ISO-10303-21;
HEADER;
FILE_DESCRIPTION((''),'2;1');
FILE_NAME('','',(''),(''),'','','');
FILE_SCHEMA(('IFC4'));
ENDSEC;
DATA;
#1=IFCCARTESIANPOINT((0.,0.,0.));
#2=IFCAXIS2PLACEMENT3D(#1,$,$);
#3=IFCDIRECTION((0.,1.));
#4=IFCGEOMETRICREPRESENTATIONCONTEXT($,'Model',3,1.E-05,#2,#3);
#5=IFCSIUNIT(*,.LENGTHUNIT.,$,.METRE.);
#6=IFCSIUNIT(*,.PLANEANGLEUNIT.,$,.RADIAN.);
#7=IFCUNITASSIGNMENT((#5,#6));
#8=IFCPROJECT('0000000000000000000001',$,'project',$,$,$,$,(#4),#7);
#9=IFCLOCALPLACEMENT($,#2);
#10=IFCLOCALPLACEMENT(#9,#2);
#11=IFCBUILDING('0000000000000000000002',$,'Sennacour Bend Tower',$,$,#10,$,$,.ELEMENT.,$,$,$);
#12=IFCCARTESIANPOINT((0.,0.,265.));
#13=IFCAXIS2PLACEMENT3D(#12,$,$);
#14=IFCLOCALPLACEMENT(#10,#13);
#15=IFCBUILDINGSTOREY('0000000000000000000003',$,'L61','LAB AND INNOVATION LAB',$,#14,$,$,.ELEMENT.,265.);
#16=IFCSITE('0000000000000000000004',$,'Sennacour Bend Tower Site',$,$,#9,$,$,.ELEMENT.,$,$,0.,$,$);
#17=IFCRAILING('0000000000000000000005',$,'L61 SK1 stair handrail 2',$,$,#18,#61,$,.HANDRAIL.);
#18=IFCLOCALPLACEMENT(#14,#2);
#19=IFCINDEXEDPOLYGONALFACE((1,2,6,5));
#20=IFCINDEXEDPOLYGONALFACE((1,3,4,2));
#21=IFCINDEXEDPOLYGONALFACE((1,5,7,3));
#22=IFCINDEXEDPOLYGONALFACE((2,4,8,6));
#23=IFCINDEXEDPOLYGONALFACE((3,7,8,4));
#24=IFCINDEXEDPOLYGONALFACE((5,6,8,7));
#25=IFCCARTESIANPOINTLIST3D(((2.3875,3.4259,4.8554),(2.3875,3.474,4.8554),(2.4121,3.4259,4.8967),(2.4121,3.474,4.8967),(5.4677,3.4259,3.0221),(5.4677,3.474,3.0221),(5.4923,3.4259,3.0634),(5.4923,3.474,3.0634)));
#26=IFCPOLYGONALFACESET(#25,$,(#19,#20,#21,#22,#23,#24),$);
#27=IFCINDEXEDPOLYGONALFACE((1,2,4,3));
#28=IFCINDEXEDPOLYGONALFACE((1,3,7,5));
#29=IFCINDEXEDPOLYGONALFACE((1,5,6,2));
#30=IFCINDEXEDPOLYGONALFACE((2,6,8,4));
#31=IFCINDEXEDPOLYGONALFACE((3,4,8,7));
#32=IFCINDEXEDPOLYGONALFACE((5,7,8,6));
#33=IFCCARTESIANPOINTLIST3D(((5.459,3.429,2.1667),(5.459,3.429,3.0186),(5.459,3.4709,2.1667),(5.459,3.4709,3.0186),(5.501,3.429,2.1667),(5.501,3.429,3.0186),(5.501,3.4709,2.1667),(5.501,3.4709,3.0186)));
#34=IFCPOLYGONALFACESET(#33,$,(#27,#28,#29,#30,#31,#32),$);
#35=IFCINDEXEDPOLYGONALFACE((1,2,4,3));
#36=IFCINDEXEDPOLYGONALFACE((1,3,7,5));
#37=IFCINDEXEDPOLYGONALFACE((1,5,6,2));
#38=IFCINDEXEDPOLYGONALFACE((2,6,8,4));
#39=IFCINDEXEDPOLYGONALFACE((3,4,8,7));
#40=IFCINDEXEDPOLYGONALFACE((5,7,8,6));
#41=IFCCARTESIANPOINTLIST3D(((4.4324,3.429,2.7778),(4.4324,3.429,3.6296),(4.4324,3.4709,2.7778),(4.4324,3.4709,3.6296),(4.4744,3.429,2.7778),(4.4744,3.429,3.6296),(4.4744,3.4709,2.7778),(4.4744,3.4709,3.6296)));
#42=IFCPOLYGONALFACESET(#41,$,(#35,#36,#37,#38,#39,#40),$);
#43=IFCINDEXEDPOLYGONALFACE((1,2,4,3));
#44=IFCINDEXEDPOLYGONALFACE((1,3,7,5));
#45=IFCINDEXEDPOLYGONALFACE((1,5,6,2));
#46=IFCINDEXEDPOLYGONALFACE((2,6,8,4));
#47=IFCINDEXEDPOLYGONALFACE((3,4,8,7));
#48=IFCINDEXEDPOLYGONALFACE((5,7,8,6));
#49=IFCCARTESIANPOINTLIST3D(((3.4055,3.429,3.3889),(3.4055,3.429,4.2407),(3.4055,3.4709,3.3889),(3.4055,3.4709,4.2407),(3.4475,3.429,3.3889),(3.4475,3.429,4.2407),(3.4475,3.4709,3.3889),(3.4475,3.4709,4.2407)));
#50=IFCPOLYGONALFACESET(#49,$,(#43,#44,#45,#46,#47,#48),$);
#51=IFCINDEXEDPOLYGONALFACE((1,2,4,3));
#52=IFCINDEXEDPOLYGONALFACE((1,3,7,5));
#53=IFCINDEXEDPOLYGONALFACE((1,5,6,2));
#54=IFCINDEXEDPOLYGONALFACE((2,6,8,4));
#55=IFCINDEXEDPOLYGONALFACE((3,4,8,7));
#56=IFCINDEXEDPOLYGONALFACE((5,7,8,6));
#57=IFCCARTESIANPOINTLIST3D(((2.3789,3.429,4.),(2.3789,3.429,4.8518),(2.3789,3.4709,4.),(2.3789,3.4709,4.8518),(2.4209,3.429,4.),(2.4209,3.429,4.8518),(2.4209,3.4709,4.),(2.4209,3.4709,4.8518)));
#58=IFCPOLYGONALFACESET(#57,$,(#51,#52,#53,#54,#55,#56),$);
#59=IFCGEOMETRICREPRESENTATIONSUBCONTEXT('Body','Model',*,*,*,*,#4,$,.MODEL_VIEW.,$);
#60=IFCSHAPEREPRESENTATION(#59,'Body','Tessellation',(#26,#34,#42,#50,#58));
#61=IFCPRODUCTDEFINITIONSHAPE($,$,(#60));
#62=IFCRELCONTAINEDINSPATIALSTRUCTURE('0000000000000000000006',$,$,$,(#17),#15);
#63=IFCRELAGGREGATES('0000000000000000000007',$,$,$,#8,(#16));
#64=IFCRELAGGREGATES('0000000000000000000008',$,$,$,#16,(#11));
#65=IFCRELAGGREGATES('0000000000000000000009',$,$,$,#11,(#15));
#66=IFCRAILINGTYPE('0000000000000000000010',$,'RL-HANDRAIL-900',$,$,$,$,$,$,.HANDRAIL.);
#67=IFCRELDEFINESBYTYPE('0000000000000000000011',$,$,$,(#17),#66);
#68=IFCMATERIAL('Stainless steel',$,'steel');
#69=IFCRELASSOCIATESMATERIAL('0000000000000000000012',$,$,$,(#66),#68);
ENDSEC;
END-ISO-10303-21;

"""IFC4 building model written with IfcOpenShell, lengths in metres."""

from ifc_helpers import new_model, si_unit, direction, frame, origin, origin_2d, place, context, subcontext, project, spatial, rectangle, extrude, material, type_object, element, save


model = new_model("IFC4")

# Units and contexts
model_context = context("Model", 3, precision=1e-05, world=origin(), true_north=direction((0.0, 1.0)))
body_context = subcontext(model_context, "Body", "Model", "MODEL_VIEW")
ifc_project = project(units=[si_unit("LENGTHUNIT", "METRE"), si_unit("PLANEANGLEUNIT", "RADIAN")], contexts=[model_context])

# Site, building, storey
site_placement = place(None, origin())
site = spatial("IfcSite", under=ifc_project, at=site_placement, Name="Sennacour Bend Tower Site", CompositionType="ELEMENT", RefElevation=0.0)
building_placement = place(site_placement, origin())
building = spatial("IfcBuilding", under=site, at=building_placement, Name="Sennacour Bend Tower", CompositionType="ELEMENT")
storey_placement = place(building_placement, frame((0.0, 0.0, 265.0)))
storey = spatial("IfcBuildingStorey", under=building, at=storey_placement, Name="L61", Description="LAB AND INNOVATION LAB", CompositionType="ELEMENT", Elevation=265.0)

# Railing
ifc_material_1 = material(Name="Stainless steel", Category="steel")
railing_type = type_object("IfcRailingType", Name="RL-HANDRAIL-900", PredefinedType="HANDRAIL", material=ifc_material_1)
railing_placement = place(storey_placement, frame((5.48, 3.45, 2.1667)))
element("IfcRailing", 1, at=railing_placement, inside=storey, type_object=railing_type, Name="L61 SK1 stair handrail 2", PredefinedType="HANDRAIL", context=body_context, shape_type="SweptSolid", body=[
    extrude(rectangle(XDim=0.0481, YDim=0.0481, at=origin_2d()), frame((0.0, 0.0, 0.876), z_axis=(-0.859309, 0.0, 0.511458), x_axis=(0.0, -1.0, 0.0)), (0.0, 0.0, 1.0), 3.5845),
    extrude(rectangle(XDim=0.042, YDim=0.042, at=origin_2d()), origin(), (0.0, 0.0, 1.0), 0.8518),
    extrude(rectangle(XDim=0.042, YDim=0.042, at=origin_2d()), frame((-1.0266, 0.0, 0.6111)), (0.0, 0.0, 1.0), 0.8518),
    extrude(rectangle(XDim=0.042, YDim=0.042, at=origin_2d()), frame((-2.0535, 0.0, 1.2222)), (0.0, 0.0, 1.0), 0.8518),
    extrude(rectangle(XDim=0.042, YDim=0.042, at=origin_2d()), frame((-3.0801, 0.0, 1.8333)), (0.0, 0.0, 1.0), 0.8518),
])

save(model, "model.ifc")
